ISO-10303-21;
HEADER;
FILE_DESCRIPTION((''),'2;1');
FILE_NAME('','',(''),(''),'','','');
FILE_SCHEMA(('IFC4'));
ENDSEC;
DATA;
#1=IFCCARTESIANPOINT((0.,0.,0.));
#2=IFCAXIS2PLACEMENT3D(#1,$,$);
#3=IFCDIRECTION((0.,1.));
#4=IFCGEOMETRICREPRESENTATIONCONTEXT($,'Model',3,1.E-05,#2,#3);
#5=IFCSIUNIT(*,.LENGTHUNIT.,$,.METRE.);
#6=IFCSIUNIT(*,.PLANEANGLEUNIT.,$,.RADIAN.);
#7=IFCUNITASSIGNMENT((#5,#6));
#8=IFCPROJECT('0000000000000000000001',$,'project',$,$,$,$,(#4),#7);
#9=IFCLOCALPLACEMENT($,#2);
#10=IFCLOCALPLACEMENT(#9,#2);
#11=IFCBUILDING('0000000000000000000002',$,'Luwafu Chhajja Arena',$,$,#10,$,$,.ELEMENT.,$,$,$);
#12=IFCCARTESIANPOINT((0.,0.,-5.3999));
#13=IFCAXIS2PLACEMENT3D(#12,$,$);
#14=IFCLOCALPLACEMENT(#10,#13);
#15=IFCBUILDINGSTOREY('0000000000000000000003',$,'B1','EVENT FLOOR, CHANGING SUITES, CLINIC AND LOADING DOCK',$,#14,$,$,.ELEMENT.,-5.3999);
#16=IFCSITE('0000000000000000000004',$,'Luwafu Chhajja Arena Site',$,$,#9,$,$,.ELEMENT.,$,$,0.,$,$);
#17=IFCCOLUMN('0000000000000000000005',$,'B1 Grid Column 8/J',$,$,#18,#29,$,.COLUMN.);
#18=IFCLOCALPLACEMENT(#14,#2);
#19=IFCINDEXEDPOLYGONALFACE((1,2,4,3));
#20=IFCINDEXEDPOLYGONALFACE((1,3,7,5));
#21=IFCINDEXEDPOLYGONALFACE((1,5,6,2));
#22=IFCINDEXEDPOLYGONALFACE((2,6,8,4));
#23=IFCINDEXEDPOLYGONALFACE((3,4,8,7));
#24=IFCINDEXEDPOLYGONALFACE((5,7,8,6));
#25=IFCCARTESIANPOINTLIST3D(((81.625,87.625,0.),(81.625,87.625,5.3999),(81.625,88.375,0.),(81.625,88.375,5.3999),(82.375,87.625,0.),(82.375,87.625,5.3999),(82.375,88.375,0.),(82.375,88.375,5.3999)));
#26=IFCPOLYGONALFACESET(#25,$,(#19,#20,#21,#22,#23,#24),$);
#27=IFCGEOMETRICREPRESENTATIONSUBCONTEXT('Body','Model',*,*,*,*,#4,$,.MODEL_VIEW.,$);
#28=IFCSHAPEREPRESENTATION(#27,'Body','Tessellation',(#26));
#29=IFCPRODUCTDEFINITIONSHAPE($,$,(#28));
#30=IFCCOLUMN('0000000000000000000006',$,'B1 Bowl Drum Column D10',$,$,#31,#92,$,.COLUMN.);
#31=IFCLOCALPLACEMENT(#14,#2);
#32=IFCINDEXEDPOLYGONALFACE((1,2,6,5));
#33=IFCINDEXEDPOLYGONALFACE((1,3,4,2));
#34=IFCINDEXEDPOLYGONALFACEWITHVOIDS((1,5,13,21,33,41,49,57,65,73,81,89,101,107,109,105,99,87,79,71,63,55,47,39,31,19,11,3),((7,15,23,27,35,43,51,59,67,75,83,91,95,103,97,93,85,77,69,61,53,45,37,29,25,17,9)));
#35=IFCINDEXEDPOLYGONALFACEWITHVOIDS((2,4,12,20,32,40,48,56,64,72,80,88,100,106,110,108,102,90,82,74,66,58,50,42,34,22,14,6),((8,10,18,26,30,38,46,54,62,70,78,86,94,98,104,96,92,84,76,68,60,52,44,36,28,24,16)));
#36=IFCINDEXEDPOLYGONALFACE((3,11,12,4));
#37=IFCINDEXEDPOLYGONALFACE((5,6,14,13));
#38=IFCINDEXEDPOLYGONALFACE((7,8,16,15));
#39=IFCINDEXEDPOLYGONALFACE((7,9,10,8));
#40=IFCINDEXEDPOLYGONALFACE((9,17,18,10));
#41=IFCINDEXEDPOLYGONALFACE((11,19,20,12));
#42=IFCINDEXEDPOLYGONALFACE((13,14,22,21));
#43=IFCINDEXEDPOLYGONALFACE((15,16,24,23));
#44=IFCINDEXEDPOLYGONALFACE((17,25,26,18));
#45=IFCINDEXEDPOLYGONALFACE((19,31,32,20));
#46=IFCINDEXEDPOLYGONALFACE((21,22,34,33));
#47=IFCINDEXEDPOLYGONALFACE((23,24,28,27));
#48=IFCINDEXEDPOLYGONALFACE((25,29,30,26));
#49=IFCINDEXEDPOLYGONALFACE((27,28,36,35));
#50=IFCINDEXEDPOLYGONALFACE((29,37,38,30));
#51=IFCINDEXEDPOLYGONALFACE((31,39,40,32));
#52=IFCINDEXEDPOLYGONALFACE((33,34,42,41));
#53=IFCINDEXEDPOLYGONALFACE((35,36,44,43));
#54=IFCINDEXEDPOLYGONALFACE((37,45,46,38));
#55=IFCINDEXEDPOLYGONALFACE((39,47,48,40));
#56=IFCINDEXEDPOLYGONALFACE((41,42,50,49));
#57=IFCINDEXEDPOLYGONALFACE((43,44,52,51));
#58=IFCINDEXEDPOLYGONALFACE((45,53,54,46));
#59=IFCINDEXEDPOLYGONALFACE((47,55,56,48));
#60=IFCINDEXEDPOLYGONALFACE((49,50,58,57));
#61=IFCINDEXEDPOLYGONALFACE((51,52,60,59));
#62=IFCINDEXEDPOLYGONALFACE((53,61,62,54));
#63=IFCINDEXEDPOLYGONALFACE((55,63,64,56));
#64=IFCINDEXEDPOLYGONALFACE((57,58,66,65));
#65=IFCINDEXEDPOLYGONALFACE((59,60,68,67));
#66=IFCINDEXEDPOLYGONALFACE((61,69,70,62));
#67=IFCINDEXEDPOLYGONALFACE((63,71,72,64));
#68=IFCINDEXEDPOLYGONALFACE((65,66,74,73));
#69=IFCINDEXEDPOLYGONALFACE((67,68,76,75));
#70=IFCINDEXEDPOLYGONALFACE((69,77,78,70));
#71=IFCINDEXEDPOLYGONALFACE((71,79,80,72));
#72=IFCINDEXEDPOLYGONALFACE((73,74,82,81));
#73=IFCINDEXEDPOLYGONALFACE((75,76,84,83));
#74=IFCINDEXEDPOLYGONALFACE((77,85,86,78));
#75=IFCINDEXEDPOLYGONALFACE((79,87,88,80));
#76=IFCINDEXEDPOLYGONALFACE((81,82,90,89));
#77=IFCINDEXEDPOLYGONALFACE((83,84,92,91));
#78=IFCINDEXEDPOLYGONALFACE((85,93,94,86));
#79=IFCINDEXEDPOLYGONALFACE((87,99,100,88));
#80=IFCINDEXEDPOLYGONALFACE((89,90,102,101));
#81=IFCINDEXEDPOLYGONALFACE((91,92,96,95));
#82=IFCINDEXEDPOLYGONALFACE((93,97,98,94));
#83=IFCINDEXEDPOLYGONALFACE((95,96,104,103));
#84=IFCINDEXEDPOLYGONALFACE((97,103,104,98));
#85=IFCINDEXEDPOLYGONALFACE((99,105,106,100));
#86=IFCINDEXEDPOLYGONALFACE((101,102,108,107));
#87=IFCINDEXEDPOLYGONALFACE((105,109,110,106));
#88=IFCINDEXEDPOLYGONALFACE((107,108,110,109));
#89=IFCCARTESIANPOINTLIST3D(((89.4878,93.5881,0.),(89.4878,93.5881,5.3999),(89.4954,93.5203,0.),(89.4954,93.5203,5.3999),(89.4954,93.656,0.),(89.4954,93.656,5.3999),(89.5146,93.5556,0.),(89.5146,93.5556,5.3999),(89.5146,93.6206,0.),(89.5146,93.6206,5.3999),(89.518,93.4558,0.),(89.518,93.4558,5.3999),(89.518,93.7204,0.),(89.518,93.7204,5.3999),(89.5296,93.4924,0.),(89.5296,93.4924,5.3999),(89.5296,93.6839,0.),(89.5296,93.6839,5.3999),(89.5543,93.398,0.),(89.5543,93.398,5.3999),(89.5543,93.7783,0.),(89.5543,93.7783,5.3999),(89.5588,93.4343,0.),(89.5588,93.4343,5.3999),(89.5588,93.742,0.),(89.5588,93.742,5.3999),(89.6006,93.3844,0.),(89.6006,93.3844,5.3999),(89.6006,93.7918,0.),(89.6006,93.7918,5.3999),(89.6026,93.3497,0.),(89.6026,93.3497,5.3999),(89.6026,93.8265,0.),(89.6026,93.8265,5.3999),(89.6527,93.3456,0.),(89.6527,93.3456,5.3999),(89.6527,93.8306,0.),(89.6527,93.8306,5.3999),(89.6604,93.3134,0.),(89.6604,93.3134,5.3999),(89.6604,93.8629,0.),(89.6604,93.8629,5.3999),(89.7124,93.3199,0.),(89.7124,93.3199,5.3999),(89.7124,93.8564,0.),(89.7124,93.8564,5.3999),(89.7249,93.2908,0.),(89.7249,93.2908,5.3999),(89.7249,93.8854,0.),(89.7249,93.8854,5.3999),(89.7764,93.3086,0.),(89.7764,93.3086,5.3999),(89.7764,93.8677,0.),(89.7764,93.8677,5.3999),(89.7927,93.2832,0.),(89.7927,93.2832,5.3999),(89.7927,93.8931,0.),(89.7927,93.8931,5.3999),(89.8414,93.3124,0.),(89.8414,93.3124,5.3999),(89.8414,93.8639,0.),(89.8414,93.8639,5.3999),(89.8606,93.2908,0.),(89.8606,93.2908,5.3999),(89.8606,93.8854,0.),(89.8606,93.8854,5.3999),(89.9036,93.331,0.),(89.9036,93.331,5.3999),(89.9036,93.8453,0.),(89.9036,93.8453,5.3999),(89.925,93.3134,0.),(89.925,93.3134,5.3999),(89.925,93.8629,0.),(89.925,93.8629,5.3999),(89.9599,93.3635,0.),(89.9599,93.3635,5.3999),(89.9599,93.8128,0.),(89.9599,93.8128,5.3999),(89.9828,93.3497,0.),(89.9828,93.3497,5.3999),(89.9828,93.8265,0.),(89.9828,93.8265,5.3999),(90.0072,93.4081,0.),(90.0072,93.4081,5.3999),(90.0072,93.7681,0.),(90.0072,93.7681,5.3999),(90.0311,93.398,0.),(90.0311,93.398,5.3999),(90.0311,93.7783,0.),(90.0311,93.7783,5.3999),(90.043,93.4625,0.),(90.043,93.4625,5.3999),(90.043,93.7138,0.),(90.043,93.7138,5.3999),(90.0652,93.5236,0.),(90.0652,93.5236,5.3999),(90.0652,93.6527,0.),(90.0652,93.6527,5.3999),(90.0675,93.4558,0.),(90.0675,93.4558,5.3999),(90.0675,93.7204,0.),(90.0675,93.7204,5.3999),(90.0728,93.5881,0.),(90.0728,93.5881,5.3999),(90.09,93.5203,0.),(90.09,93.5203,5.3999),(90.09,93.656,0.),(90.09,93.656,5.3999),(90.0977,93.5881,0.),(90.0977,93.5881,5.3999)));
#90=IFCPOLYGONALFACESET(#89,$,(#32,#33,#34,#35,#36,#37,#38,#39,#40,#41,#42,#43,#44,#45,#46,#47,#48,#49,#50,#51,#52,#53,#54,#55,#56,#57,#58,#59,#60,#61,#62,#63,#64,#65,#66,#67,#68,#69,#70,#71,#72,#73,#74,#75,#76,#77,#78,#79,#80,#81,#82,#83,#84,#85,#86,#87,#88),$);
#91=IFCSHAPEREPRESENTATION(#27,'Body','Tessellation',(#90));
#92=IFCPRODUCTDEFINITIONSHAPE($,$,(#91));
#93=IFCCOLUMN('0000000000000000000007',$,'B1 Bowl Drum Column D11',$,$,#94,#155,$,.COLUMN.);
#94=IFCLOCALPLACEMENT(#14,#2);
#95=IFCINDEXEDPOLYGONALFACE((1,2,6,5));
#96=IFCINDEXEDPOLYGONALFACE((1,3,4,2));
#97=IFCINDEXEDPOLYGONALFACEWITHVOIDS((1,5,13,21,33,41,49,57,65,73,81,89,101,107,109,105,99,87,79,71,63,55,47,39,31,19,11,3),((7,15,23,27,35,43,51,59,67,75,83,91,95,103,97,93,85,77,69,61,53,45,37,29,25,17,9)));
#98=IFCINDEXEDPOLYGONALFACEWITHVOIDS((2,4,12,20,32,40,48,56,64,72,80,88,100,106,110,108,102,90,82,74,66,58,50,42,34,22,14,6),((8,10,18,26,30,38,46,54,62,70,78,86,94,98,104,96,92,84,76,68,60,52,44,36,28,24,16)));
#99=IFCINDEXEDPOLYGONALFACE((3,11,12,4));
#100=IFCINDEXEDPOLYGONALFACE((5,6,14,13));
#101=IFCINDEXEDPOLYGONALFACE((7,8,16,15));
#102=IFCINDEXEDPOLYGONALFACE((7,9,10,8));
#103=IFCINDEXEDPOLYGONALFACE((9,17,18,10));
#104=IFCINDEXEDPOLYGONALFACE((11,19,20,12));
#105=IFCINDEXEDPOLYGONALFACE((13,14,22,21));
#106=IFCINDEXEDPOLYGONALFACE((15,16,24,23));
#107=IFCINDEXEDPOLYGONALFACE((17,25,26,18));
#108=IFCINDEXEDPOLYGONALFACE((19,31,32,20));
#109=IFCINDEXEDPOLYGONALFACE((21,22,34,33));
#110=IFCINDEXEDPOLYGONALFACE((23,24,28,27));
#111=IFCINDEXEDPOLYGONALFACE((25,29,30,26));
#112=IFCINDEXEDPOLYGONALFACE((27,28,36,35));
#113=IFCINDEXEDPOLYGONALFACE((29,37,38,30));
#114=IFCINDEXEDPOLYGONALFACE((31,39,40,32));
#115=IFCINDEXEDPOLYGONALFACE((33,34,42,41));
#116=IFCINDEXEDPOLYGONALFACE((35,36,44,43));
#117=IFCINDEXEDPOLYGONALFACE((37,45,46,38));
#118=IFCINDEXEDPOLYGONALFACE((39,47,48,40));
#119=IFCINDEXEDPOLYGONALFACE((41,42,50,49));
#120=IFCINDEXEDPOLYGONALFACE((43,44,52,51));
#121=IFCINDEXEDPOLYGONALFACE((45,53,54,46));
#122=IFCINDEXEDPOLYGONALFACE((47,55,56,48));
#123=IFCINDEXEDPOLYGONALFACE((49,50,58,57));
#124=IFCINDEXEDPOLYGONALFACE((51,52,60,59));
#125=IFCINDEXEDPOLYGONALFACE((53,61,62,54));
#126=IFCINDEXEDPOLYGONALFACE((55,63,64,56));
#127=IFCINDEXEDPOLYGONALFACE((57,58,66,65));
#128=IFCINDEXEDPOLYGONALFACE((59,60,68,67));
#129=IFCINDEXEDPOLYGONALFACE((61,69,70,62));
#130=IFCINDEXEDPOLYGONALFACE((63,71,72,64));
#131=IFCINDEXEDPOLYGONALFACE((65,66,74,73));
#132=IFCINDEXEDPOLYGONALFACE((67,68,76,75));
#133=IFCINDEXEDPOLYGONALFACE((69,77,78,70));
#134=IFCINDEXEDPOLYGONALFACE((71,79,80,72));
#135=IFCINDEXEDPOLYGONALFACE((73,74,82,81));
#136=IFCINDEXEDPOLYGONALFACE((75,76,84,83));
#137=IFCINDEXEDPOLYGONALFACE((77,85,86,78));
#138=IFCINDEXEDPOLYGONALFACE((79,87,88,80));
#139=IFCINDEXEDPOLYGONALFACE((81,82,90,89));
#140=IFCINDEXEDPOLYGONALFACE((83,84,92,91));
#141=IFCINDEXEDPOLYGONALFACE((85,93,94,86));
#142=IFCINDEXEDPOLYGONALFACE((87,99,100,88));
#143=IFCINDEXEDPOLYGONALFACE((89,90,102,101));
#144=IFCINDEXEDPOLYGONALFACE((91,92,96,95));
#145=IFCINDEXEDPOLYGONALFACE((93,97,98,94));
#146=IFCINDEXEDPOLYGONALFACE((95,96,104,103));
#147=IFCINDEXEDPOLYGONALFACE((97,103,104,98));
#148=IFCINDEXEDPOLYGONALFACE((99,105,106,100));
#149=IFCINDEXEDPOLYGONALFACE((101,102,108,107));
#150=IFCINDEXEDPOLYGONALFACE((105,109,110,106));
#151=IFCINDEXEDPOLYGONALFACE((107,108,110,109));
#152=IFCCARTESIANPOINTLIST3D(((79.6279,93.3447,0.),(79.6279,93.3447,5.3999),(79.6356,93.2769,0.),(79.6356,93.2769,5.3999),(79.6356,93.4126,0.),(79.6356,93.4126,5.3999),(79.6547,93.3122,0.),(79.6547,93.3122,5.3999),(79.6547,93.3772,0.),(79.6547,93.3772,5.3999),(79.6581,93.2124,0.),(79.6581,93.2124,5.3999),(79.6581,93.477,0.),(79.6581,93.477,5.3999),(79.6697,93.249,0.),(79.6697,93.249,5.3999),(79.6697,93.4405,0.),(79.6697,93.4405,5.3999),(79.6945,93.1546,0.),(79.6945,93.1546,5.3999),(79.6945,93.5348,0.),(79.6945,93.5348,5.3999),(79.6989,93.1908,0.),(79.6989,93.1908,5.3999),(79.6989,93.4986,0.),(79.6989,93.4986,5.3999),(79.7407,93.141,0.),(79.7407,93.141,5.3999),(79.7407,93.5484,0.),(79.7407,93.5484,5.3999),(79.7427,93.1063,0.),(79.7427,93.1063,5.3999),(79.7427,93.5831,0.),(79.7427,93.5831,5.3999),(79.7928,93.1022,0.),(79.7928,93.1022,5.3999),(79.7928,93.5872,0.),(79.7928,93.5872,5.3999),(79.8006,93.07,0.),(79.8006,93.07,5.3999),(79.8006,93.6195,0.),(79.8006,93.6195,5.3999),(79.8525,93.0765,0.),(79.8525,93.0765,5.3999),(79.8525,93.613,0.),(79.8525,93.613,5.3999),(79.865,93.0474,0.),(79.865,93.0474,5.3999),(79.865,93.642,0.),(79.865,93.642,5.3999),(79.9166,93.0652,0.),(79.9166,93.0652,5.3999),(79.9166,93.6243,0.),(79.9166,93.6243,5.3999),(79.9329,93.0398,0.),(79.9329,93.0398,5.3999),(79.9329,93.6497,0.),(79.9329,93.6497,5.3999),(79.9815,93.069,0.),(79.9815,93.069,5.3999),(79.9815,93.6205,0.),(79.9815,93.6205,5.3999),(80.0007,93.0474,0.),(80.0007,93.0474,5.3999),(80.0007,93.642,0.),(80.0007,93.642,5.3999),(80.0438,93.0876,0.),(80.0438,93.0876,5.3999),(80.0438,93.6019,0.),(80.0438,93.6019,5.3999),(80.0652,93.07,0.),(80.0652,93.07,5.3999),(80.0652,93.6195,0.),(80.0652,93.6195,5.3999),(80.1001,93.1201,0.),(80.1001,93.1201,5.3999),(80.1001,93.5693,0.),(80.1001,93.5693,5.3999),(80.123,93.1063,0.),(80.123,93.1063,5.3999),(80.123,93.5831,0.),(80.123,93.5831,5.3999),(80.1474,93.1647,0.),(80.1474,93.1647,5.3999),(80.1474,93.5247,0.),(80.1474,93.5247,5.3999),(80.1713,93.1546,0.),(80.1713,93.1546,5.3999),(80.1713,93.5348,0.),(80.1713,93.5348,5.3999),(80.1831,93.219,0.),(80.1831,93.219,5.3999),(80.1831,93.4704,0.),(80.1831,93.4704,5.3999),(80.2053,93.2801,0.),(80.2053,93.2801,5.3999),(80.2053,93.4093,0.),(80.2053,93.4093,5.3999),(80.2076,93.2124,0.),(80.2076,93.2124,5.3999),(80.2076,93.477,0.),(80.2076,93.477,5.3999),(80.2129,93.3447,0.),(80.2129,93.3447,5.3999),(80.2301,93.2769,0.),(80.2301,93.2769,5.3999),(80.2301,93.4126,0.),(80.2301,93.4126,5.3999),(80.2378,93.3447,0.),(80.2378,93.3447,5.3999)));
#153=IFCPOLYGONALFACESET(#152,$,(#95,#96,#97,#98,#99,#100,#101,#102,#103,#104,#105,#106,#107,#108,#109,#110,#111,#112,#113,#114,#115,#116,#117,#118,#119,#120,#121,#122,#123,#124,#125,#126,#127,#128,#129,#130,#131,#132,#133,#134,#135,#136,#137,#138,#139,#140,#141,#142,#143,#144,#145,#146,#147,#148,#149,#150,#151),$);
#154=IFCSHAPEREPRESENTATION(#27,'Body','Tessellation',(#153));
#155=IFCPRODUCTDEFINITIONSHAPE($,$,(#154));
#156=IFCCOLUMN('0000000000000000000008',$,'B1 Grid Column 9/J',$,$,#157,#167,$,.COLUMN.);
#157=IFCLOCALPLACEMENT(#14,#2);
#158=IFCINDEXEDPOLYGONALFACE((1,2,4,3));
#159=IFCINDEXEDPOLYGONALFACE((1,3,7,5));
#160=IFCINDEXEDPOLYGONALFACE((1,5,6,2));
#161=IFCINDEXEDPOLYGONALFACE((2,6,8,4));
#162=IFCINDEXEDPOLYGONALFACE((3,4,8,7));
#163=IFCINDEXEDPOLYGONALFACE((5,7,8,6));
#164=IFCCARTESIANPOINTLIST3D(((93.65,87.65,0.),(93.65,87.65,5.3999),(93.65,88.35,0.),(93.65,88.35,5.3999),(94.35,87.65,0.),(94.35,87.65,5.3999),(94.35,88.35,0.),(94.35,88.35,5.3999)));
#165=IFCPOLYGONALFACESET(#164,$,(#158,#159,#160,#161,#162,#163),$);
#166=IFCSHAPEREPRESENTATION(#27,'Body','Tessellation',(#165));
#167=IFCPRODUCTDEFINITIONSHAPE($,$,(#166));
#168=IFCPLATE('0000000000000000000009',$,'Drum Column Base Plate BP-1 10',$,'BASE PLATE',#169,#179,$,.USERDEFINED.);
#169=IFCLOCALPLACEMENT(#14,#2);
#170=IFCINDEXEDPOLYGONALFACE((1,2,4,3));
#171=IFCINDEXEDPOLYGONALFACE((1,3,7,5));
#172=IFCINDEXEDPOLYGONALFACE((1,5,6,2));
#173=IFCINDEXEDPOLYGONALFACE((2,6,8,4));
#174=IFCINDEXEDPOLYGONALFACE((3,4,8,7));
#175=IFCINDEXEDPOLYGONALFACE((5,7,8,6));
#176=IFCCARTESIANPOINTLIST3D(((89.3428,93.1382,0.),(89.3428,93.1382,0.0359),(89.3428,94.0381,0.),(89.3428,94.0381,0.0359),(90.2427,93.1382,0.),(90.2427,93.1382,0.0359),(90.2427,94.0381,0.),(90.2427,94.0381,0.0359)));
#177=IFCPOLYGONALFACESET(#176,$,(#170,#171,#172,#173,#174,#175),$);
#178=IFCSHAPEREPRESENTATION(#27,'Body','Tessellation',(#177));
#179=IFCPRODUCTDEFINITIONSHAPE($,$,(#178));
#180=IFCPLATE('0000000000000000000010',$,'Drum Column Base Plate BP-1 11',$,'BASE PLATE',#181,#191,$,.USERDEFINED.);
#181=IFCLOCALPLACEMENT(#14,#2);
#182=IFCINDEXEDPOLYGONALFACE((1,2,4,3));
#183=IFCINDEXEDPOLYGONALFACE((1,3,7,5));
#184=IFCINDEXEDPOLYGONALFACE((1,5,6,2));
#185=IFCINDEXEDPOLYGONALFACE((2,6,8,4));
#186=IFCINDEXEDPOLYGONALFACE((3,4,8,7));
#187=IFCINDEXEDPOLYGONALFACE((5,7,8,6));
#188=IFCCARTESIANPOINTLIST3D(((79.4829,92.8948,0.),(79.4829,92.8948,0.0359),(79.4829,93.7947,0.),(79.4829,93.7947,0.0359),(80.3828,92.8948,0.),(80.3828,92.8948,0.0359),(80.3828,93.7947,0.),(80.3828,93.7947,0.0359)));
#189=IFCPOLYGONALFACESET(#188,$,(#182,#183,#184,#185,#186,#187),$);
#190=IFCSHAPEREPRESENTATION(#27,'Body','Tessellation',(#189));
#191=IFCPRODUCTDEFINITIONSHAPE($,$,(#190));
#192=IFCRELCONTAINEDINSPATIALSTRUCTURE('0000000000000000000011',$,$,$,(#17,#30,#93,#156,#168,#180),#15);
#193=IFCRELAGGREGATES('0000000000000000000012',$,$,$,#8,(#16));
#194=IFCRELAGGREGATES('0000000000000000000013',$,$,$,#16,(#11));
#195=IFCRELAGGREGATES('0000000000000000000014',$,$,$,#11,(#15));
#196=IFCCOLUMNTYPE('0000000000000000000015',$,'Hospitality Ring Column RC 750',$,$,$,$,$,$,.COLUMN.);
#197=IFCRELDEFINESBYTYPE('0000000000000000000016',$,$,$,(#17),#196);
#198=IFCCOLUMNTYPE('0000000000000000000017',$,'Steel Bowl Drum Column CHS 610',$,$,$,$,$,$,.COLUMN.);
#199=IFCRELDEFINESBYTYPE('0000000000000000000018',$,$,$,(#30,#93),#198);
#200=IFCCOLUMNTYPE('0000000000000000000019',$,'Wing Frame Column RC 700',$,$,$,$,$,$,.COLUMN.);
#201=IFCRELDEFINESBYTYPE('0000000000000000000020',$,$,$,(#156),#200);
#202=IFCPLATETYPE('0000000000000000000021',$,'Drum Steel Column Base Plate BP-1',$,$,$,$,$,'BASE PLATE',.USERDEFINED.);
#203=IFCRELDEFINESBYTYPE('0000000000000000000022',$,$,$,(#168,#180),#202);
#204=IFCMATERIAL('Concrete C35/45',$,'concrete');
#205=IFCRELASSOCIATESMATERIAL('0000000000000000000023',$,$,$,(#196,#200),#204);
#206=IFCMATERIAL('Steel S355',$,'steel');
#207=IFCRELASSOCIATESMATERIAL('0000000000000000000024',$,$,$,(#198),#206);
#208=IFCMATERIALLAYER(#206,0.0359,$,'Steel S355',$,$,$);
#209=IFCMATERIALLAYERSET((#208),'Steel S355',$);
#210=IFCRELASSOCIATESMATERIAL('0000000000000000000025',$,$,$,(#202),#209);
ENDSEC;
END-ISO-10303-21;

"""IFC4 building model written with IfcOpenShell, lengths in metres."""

from ifc_helpers import new_model, si_unit, direction, frame, origin, origin_2d, place, context, subcontext, project, spatial, rectangle, hollow_circle, extrude, material, layer, layer_set, material_profile, profile_set, type_object, element, save


model = new_model("IFC4")

# Units and contexts
model_context = context("Model", 3, precision=1e-05, world=origin(), true_north=direction((0.0, 1.0)))
body_context = subcontext(model_context, "Body", "Model", "MODEL_VIEW")
ifc_project = project(units=[si_unit("LENGTHUNIT", "METRE"), si_unit("PLANEANGLEUNIT", "RADIAN")], contexts=[model_context])

# Site, building, storey
site_placement = place(None, origin())
site = spatial("IfcSite", under=ifc_project, at=site_placement, Name="Luwafu Chhajja Arena Site", CompositionType="ELEMENT", RefElevation=0.0)
building_placement = place(site_placement, origin())
building = spatial("IfcBuilding", under=site, at=building_placement, Name="Luwafu Chhajja Arena", CompositionType="ELEMENT")
storey_placement = place(building_placement, frame((0.0, 0.0, -5.3999)))
storey = spatial("IfcBuildingStorey", under=building, at=storey_placement, Name="B1", Description="EVENT FLOOR, CHANGING SUITES, CLINIC AND LOADING DOCK", CompositionType="ELEMENT", Elevation=-5.3999)

# Shared definitions
ifc_material_1 = material(Name="Concrete C35/45", Category="concrete")

# Columns
ifc_material_profile_1 = material_profile(ifc_material_1, rectangle(XDim=0.75, YDim=0.75, at=origin_2d()), Name="RC 750x750")
ifc_profile_set_1 = profile_set([ifc_material_profile_1], Name="Concrete C35/45")
column_type_1 = type_object("IfcColumnType", Name="Hospitality Ring Column RC 750", PredefinedType="COLUMN", material=ifc_profile_set_1)
column_1_placement = place(storey_placement, frame((82.0, 88.0, 0.0), z_axis=(0.0, 0.0, 1.0), x_axis=(1.0, 0.0, 0.0)))
element("IfcColumn", 1, at=column_1_placement, inside=storey, type_object=column_type_1, Name="B1 Grid Column 8/J", PredefinedType="COLUMN", context=body_context, shape_type="SweptSolid", body=[
    extrude(rectangle(XDim=0.75, YDim=0.75, at=origin_2d()), origin(), (0.0, 0.0, 1.0), 5.3999),
])
ifc_material_2 = material(Name="Steel S355", Category="steel")
ifc_material_profile_2 = material_profile(ifc_material_2, hollow_circle(Radius=0.3049, WallThickness=0.0249, at=origin_2d()), Name="CHS 610x25")
ifc_profile_set_2 = profile_set([ifc_material_profile_2], Name="Steel S355")
column_type_2 = type_object("IfcColumnType", Name="Steel Bowl Drum Column CHS 610", PredefinedType="COLUMN", material=ifc_profile_set_2)
for number, where, z_axis, x_axis, name in (
    (2, (89.7927, 93.5881, 0.0), (0.0, 0.0, 1.0), (1.0, 0.0, 0.0), "B1 Bowl Drum Column D10"),
    (3, (79.9329, 93.3447, 0.0), (0.0, 0.0, 1.0), (1.0, 0.0, 0.0), "B1 Bowl Drum Column D11"),
):
    element("IfcColumn", number, at=place(storey_placement, frame(where, z_axis=z_axis, x_axis=x_axis)), inside=storey, type_object=column_type_2, Name=name, PredefinedType="COLUMN", context=body_context, shape_type="SweptSolid", body=[
        extrude(hollow_circle(Radius=0.3049, WallThickness=0.0249, at=origin_2d()), origin(), (0.0, 0.0, 1.0), 5.3999),
    ])
ifc_material_profile_3 = material_profile(ifc_material_1, rectangle(XDim=0.7, YDim=0.7, at=origin_2d()), Name="RC 700x700")
ifc_profile_set_3 = profile_set([ifc_material_profile_3], Name="Concrete C35/45")
column_type_3 = type_object("IfcColumnType", Name="Wing Frame Column RC 700", PredefinedType="COLUMN", material=ifc_profile_set_3)
column_2_placement = place(storey_placement, frame((94.0, 88.0, 0.0), z_axis=(0.0, 0.0, 1.0), x_axis=(1.0, 0.0, 0.0)))
element("IfcColumn", 4, at=column_2_placement, inside=storey, type_object=column_type_3, Name="B1 Grid Column 9/J", PredefinedType="COLUMN", context=body_context, shape_type="SweptSolid", body=[
    extrude(rectangle(XDim=0.7, YDim=0.7, at=origin_2d()), origin(), (0.0, 0.0, 1.0), 5.3999),
])

# Plates
ifc_layer_1 = layer(ifc_material_2, 0.0359, Name="Steel S355")
ifc_layer_set_1 = layer_set([ifc_layer_1], Name="Steel S355")
plate_type = type_object("IfcPlateType", Name="Drum Steel Column Base Plate BP-1", ElementType="BASE PLATE", PredefinedType="USERDEFINED", material=ifc_layer_set_1)
for number, where, z_axis, x_axis, name in (
    (5, (89.7927, 93.5881, 0.0), (0.0, 0.0, 1.0), (1.0, 0.0, 0.0), "Drum Column Base Plate BP-1 10"),
    (6, (79.9329, 93.3447, 0.0), (0.0, 0.0, 1.0), (1.0, 0.0, 0.0), "Drum Column Base Plate BP-1 11"),
):
    element("IfcPlate", number, at=place(storey_placement, frame(where, z_axis=z_axis, x_axis=x_axis)), inside=storey, type_object=plate_type, Name=name, ObjectType="BASE PLATE", PredefinedType="USERDEFINED", context=body_context, shape_type="SweptSolid", body=[
        extrude(rectangle(XDim=0.8999, YDim=0.8999, at=origin_2d()), origin(), (0.0, 0.0, 1.0), 0.0359),
    ])

save(model, "model.ifc")
